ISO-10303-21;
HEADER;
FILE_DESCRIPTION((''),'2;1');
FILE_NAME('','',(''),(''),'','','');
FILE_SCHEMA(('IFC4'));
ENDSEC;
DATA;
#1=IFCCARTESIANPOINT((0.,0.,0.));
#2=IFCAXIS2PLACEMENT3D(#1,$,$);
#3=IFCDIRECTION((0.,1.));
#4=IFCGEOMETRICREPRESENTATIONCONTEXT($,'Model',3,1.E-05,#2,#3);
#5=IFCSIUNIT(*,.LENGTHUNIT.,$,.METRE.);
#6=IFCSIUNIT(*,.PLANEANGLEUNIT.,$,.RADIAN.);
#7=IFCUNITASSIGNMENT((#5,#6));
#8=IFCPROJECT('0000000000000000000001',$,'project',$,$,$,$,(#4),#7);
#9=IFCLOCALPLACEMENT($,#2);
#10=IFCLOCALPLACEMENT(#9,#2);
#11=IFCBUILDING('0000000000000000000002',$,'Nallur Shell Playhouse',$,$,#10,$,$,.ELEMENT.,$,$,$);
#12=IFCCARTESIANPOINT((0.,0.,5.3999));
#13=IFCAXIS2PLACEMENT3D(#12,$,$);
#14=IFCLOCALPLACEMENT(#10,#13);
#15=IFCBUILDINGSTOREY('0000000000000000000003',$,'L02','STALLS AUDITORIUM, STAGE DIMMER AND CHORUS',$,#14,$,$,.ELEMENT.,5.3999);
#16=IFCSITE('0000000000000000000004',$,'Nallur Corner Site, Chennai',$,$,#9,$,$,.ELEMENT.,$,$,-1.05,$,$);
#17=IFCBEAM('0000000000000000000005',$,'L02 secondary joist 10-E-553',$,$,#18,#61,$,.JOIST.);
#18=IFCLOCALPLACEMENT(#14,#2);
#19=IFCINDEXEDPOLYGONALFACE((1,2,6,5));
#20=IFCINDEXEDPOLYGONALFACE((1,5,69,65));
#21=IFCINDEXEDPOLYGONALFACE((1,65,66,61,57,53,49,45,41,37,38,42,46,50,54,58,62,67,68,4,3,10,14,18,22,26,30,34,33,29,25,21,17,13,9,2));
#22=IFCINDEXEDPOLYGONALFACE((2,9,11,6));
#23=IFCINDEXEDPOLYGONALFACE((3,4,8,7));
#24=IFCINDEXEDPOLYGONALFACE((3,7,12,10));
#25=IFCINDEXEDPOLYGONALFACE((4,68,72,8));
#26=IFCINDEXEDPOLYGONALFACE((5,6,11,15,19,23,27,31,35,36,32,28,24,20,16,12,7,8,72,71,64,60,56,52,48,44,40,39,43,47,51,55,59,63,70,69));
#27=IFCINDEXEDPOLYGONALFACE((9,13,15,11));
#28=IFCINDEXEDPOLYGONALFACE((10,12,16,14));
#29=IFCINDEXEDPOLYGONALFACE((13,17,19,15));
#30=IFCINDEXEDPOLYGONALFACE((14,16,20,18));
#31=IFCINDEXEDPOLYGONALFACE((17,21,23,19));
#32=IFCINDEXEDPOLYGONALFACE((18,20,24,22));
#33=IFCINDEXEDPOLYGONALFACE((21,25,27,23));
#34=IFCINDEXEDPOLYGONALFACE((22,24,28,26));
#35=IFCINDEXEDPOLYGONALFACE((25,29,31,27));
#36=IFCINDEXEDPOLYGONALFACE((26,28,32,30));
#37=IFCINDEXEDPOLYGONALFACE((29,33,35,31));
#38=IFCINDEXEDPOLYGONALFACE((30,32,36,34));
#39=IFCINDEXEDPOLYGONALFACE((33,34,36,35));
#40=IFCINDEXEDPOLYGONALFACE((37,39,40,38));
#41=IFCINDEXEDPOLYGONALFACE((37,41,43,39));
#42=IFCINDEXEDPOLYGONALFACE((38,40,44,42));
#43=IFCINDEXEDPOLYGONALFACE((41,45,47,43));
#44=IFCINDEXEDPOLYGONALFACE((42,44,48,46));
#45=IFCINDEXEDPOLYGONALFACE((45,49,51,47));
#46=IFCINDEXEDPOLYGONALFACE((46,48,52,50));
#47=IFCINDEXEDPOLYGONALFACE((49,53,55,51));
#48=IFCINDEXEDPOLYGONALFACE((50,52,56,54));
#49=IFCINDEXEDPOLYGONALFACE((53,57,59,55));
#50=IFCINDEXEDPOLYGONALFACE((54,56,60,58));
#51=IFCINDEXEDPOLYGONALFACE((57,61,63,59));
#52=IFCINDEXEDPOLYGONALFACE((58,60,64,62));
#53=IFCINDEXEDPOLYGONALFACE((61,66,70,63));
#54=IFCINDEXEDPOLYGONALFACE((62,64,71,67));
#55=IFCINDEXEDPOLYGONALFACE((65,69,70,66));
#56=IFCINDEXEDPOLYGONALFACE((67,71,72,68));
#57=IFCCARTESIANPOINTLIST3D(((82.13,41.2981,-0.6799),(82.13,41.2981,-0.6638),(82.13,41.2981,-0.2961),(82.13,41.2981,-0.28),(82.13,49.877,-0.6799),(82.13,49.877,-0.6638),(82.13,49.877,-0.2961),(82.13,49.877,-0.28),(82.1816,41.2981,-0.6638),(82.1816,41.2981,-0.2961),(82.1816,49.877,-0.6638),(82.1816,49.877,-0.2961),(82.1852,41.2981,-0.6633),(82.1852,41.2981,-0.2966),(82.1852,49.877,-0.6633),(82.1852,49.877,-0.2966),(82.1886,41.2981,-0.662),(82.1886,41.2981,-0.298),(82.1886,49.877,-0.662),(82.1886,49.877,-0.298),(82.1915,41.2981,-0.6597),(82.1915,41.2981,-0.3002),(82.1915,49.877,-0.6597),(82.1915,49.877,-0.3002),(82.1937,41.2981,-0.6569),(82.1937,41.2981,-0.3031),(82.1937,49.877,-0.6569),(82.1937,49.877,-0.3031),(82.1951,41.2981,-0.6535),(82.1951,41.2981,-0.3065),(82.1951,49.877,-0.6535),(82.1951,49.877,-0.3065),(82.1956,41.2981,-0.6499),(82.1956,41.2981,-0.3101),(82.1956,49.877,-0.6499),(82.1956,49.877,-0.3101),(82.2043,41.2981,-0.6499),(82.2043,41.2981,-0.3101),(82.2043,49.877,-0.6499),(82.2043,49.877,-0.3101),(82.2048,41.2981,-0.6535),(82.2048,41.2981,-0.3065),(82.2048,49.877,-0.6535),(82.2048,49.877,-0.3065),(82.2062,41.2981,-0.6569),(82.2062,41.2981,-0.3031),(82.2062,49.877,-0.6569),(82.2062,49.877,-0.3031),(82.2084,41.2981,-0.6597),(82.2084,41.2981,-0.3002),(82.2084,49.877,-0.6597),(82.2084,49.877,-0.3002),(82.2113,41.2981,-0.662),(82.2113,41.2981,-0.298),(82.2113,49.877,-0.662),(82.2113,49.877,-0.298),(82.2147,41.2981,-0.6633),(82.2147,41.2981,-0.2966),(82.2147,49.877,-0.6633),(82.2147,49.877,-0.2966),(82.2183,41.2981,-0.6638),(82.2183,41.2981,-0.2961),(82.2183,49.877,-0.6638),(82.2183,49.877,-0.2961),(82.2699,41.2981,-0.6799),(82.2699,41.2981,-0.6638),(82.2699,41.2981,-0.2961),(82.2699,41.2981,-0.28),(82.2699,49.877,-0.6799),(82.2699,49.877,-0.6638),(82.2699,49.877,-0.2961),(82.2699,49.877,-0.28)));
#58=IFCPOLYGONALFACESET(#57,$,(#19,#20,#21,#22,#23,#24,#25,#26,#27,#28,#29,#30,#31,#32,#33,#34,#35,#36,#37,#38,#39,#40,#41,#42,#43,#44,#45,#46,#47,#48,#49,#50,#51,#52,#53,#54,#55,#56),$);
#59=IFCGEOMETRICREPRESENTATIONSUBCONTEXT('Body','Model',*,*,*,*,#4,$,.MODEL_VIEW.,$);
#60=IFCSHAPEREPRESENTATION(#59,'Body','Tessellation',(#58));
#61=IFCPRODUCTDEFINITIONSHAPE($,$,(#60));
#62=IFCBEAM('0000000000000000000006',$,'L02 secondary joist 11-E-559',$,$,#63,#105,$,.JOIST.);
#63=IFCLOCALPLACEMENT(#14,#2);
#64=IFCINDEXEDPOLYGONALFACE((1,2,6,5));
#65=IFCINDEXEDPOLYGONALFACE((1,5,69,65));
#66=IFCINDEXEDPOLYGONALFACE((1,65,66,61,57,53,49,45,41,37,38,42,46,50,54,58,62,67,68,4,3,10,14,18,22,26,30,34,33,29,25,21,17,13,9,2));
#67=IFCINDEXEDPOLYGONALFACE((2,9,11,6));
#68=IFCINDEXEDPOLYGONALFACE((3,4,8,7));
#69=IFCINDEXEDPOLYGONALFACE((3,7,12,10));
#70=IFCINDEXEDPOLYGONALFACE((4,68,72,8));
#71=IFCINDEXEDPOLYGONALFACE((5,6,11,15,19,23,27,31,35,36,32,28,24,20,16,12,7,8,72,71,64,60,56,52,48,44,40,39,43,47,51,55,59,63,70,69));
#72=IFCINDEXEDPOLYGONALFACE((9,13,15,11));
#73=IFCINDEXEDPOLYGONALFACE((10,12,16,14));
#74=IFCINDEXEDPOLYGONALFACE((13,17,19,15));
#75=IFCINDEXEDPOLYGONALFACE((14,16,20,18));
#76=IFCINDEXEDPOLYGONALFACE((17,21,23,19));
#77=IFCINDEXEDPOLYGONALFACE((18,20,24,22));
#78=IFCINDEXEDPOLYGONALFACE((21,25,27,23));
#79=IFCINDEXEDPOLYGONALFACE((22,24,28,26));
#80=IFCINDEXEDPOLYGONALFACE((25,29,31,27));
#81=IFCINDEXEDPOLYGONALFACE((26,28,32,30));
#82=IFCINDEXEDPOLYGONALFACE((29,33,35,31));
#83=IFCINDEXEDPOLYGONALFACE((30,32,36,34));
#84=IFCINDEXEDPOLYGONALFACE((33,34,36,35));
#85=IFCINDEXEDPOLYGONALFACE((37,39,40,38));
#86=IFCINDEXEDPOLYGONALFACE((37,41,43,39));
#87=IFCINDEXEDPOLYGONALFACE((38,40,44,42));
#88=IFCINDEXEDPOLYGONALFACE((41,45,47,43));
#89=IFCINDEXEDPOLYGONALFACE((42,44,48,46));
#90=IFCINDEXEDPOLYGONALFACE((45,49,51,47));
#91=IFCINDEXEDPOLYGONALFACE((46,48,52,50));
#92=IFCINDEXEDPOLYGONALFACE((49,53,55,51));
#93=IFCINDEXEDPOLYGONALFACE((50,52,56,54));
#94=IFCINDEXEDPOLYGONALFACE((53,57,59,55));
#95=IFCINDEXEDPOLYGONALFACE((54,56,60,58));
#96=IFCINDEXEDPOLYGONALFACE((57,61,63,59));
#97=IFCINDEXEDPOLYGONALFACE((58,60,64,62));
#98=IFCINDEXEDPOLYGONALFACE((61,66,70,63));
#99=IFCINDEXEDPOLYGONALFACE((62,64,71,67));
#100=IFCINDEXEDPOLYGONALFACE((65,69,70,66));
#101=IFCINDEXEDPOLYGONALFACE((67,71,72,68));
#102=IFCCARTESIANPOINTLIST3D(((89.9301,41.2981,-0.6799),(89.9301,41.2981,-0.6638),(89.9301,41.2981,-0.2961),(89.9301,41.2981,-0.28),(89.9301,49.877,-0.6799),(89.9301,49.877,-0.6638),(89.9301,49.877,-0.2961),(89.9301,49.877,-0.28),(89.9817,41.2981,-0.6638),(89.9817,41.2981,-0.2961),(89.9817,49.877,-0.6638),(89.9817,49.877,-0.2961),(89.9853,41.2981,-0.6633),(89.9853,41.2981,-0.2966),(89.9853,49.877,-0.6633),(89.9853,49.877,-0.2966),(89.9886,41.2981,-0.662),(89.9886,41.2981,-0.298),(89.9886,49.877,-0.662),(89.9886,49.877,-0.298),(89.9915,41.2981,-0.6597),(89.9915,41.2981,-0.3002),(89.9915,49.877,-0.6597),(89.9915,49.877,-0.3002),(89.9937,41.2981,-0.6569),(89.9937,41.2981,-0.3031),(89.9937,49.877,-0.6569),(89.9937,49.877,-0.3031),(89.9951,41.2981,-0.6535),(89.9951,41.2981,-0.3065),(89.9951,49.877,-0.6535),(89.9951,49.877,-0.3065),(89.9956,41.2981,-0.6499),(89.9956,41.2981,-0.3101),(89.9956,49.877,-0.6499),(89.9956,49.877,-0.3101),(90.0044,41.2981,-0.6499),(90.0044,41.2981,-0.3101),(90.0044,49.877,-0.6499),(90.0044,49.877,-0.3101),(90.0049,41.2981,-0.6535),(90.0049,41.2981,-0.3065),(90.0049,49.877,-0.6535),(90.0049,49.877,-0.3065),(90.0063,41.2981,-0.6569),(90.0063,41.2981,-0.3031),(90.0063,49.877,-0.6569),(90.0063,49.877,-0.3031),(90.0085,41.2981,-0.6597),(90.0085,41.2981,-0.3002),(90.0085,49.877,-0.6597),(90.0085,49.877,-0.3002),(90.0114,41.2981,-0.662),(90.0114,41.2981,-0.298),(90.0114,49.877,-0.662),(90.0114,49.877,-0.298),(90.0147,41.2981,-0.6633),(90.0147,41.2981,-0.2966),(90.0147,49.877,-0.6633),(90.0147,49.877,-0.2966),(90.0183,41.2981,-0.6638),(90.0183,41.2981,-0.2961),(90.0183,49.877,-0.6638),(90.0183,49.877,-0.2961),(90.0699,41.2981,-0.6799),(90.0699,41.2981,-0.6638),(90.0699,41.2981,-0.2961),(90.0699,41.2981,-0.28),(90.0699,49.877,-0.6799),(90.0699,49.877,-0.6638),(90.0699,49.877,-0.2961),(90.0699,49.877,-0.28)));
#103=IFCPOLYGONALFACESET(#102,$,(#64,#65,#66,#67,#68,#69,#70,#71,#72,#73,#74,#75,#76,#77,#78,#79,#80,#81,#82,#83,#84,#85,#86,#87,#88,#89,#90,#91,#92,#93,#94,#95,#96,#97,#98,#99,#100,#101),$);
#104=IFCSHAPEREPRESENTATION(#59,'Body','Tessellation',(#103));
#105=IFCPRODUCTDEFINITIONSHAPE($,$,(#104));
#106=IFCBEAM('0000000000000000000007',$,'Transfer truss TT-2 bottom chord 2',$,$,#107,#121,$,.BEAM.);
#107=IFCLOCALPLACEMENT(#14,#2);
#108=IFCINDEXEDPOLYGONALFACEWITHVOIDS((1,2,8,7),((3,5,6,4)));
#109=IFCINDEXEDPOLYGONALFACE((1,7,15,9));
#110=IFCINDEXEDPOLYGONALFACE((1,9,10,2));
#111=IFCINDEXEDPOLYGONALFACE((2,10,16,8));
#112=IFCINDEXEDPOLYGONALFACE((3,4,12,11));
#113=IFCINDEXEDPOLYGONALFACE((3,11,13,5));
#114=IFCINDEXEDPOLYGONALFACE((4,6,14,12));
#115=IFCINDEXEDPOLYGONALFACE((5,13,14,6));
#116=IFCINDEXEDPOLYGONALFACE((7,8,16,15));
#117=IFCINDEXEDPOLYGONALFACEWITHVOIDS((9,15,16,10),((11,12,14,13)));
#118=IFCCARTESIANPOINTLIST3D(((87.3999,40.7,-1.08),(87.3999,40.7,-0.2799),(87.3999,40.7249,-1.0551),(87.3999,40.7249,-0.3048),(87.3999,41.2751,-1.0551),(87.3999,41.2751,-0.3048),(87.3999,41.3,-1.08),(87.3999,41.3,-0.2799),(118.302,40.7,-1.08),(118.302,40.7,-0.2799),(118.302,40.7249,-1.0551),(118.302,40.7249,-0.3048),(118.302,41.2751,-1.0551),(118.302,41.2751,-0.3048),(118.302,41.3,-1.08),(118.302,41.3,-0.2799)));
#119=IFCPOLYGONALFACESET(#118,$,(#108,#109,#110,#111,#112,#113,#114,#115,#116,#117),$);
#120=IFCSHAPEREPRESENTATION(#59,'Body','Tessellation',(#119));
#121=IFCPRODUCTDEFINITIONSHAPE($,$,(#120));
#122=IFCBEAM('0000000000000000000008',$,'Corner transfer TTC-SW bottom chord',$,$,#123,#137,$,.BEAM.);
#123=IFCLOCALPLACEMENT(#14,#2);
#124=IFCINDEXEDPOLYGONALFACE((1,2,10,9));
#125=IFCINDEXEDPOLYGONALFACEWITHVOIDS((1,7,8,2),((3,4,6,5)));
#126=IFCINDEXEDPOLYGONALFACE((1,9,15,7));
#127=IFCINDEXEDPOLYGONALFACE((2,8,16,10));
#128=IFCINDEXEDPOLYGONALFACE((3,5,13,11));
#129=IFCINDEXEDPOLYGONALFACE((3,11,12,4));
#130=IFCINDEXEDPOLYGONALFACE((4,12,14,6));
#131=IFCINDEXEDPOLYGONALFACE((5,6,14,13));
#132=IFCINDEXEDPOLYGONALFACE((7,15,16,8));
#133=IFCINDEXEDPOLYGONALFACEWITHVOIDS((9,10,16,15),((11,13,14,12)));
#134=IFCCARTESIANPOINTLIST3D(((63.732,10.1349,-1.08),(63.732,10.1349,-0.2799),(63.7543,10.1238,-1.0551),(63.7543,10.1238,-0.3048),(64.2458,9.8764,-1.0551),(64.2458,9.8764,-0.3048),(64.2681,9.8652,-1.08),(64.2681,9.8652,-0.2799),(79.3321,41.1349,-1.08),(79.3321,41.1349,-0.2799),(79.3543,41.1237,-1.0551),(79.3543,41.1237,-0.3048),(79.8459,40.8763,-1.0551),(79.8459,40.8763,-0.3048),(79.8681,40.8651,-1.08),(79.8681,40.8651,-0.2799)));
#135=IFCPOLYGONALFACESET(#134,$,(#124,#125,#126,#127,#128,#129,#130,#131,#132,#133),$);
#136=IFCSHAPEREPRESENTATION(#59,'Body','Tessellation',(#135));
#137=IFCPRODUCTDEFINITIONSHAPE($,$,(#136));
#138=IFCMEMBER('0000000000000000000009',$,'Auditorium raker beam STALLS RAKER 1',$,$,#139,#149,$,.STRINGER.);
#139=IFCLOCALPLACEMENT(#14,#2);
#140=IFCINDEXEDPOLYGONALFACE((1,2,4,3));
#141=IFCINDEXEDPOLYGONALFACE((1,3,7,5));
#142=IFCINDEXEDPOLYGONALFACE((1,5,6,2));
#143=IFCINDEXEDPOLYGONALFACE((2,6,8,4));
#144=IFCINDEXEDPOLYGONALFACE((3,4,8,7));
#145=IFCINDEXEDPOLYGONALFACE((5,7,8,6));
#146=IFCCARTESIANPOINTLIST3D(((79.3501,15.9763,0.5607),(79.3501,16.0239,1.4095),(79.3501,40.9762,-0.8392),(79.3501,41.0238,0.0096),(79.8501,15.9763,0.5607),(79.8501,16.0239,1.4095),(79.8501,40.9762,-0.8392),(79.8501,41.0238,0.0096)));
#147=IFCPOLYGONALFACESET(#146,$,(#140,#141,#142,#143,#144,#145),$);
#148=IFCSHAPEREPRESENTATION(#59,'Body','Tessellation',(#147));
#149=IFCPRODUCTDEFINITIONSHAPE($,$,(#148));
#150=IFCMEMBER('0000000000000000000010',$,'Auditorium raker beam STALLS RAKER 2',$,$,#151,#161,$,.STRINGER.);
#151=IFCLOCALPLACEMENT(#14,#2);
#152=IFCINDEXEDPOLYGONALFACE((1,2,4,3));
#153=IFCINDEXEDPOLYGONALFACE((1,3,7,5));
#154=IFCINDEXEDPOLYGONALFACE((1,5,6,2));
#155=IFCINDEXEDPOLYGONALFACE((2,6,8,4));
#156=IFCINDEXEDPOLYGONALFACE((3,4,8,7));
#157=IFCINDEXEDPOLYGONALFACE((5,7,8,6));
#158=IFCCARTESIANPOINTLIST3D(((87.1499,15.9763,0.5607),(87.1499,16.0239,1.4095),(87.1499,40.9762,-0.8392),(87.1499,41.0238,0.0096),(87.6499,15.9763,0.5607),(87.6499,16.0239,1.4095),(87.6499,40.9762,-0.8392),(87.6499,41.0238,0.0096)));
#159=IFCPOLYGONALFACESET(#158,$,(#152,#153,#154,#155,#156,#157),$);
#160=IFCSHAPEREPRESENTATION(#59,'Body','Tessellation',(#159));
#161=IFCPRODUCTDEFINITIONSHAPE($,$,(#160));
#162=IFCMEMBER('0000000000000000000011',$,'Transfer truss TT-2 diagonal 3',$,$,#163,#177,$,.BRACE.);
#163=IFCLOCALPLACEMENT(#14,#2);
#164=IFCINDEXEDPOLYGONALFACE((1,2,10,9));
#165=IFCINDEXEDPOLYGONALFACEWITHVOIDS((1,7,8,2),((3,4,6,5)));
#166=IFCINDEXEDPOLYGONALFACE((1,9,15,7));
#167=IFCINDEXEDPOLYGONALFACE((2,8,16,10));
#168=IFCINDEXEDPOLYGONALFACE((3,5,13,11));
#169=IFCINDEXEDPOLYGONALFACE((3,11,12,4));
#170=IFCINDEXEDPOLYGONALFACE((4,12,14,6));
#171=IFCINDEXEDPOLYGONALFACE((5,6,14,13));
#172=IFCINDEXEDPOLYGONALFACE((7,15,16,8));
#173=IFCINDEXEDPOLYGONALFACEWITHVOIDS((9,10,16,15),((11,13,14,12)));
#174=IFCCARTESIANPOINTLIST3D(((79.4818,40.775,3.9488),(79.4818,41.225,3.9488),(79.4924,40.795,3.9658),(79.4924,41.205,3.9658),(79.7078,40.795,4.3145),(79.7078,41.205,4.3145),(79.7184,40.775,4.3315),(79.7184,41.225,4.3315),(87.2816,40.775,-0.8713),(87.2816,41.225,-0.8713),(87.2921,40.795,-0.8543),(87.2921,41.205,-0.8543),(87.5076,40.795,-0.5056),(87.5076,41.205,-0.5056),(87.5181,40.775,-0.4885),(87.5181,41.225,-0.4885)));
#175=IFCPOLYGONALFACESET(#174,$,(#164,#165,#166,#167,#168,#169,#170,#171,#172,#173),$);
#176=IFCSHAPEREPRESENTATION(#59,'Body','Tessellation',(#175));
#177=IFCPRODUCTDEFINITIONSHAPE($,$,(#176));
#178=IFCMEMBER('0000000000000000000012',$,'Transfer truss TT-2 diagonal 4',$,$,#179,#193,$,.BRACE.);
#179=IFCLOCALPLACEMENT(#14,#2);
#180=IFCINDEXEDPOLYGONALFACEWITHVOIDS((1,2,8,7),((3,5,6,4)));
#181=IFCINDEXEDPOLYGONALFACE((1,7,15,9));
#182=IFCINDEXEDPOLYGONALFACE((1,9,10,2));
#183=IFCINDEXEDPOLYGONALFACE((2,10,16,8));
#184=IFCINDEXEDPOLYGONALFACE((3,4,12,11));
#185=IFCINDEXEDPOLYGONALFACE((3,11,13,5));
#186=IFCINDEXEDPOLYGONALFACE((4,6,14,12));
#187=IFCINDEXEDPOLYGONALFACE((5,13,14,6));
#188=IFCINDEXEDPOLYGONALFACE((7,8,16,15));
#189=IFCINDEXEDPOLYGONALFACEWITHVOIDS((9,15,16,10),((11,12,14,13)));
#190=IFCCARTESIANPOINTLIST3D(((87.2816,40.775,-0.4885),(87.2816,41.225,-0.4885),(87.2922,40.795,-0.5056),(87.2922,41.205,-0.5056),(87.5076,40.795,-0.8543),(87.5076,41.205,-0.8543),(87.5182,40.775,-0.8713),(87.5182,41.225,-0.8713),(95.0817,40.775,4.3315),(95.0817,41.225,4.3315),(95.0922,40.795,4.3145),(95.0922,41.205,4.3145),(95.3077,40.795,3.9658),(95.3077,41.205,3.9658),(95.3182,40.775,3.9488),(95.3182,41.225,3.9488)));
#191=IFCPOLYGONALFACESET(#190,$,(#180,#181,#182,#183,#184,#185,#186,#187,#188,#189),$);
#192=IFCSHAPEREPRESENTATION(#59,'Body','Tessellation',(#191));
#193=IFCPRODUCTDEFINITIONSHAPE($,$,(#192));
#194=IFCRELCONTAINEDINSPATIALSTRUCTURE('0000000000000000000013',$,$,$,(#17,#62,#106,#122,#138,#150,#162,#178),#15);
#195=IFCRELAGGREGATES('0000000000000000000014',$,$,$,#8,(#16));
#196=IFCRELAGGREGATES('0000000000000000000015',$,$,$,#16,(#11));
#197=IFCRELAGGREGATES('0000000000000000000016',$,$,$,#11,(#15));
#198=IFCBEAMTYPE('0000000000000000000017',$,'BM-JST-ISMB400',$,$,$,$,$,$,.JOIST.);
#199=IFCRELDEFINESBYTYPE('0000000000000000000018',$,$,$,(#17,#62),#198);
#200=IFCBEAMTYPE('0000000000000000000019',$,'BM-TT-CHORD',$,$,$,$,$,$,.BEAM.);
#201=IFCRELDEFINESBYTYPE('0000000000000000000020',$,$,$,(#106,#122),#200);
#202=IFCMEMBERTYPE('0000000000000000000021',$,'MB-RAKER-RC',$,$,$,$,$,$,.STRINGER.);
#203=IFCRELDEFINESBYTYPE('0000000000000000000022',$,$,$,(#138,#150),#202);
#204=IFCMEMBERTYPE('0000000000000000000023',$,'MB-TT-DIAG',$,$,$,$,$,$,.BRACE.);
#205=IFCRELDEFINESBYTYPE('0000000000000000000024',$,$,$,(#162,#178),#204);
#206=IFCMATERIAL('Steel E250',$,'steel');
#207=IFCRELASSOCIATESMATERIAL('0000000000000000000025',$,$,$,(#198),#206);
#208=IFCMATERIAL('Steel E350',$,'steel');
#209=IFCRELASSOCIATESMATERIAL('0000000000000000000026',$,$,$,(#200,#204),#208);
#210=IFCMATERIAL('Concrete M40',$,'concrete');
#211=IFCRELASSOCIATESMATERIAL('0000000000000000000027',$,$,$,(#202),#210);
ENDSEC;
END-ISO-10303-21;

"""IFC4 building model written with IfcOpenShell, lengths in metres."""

from ifc_helpers import new_model, si_unit, direction, frame, origin, origin_2d, place, context, subcontext, project, spatial, rectangle, hollow_rectangle, i_section, extrude, material, material_profile, profile_set, type_object, element, save


model = new_model("IFC4")

# Units and contexts
model_context = context("Model", 3, precision=1e-05, world=origin(), true_north=direction((0.0, 1.0)))
body_context = subcontext(model_context, "Body", "Model", "MODEL_VIEW")
ifc_project = project(units=[si_unit("LENGTHUNIT", "METRE"), si_unit("PLANEANGLEUNIT", "RADIAN")], contexts=[model_context])

# Site, building, storey
site_placement = place(None, origin())
site = spatial("IfcSite", under=ifc_project, at=site_placement, Name="Nallur Corner Site, Chennai", CompositionType="ELEMENT", RefElevation=-1.05)
building_placement = place(site_placement, origin())
building = spatial("IfcBuilding", under=site, at=building_placement, Name="Nallur Shell Playhouse", CompositionType="ELEMENT")
storey_placement = place(building_placement, frame((0.0, 0.0, 5.3999)))
storey = spatial("IfcBuildingStorey", under=building, at=storey_placement, Name="L02", Description="STALLS AUDITORIUM, STAGE DIMMER AND CHORUS", CompositionType="ELEMENT", Elevation=5.3999)

# Beams
ifc_material_1 = material(Name="Steel E250", Category="steel")
ifc_material_profile_1 = material_profile(ifc_material_1, i_section(OverallWidth=0.1399, OverallDepth=0.3999, WebThickness=0.0088, FlangeThickness=0.0161, FilletRadius=0.0139, at=origin_2d()), Name="ISMB 400")
ifc_profile_set_1 = profile_set([ifc_material_profile_1], Name="Steel E250")
beam_type_1 = type_object("IfcBeamType", Name="BM-JST-ISMB400", PredefinedType="JOIST", material=ifc_profile_set_1)
for number, where, z_axis, x_axis, name in (
    (1, (82.2, 41.2981, -0.48), (0.0, 1.0, 0.0), (-1.0, 0.0, 0.0), "L02 secondary joist 10-E-553"),
    (2, (90.0, 41.2981, -0.48), (0.0, 1.0, 0.0), (-1.0, 0.0, 0.0), "L02 secondary joist 11-E-559"),
):
    element("IfcBeam", number, at=place(storey_placement, frame(where, z_axis=z_axis, x_axis=x_axis)), inside=storey, type_object=beam_type_1, Name=name, PredefinedType="JOIST", context=body_context, shape_type="SweptSolid", body=[
        extrude(i_section(OverallWidth=0.1399, OverallDepth=0.3999, WebThickness=0.0088, FlangeThickness=0.0161, FilletRadius=0.0139, at=origin_2d()), origin(), (0.0, 0.0, 1.0), 8.5789),
    ])
ifc_material_2 = material(Name="Steel E350", Category="steel")
ifc_material_profile_2 = material_profile(ifc_material_2, hollow_rectangle(XDim=0.6001, YDim=0.8, WallThickness=0.0249, at=origin_2d()), Name="BOX 600x800x25")
ifc_profile_set_2 = profile_set([ifc_material_profile_2], Name="Steel E350")
beam_type_2 = type_object("IfcBeamType", Name="BM-TT-CHORD", PredefinedType="BEAM", material=ifc_profile_set_2)
beam_1_placement = place(storey_placement, frame((87.3999, 41.0, -0.6799), z_axis=(1.0, 0.0, 0.0), x_axis=(0.0, 1.0, 0.0)))
element("IfcBeam", 3, at=beam_1_placement, inside=storey, type_object=beam_type_2, Name="Transfer truss TT-2 bottom chord 2", PredefinedType="BEAM", context=body_context, shape_type="SweptSolid", body=[
    extrude(hollow_rectangle(XDim=0.6001, YDim=0.8, WallThickness=0.0249, at=origin_2d()), origin(), (0.0, 0.0, 1.0), 30.9021),
])
beam_2_placement = place(storey_placement, frame((79.6001, 41.0, -0.6799), z_axis=(-0.44952, -0.89327, 0.0), x_axis=(0.89327, -0.44952, 0.0)))
element("IfcBeam", 4, at=beam_2_placement, inside=storey, type_object=beam_type_2, Name="Corner transfer TTC-SW bottom chord", PredefinedType="BEAM", context=body_context, shape_type="SweptSolid", body=[
    extrude(hollow_rectangle(XDim=0.6001, YDim=0.8, WallThickness=0.0249, at=origin_2d()), origin(), (0.0, 0.0, 1.0), 34.7039),
])

# Members
ifc_material_3 = material(Name="Concrete M40", Category="concrete")
ifc_material_profile_3 = material_profile(ifc_material_3, rectangle(XDim=0.5, YDim=0.8501, at=origin_2d()), Name="RC 500x850")
ifc_profile_set_3 = profile_set([ifc_material_profile_3], Name="Concrete M40")
member_type_1 = type_object("IfcMemberType", Name="MB-RAKER-RC", PredefinedType="STRINGER", material=ifc_profile_set_3)
for number, where, z_axis, x_axis, name in (
    (5, (79.6001, 41.0, -0.4148), (0.0, -0.998436, 0.055909), (1.0, 0.0, 0.0), "Auditorium raker beam STALLS RAKER 1"),
    (6, (87.3999, 41.0, -0.4148), (0.0, -0.998436, 0.055909), (1.0, 0.0, 0.0), "Auditorium raker beam STALLS RAKER 2"),
):
    element("IfcMember", number, at=place(storey_placement, frame(where, z_axis=z_axis, x_axis=x_axis)), inside=storey, type_object=member_type_1, Name=name, PredefinedType="STRINGER", context=body_context, shape_type="SweptSolid", body=[
        extrude(rectangle(XDim=0.5, YDim=0.8501, at=origin_2d()), origin(), (0.0, 0.0, 1.0), 25.0391),
    ])
ifc_material_profile_4 = material_profile(ifc_material_2, hollow_rectangle(XDim=0.45, YDim=0.45, WallThickness=0.02, at=origin_2d()), Name="BOX 450x450x20")
ifc_profile_set_4 = profile_set([ifc_material_profile_4], Name="Steel E350")
member_type_2 = type_object("IfcMemberType", Name="MB-TT-DIAG", PredefinedType="BRACE", material=ifc_profile_set_4)
member_1_placement = place(storey_placement, frame((79.6001, 41.0, 4.1401), z_axis=(0.850674, 0.0, -0.525694), x_axis=(0.0, 1.0, 0.0)))
element("IfcMember", 7, at=member_1_placement, inside=storey, type_object=member_type_2, Name="Transfer truss TT-2 diagonal 3", PredefinedType="BRACE", context=body_context, shape_type="SweptSolid", body=[
    extrude(hollow_rectangle(XDim=0.45, YDim=0.45, WallThickness=0.02, at=origin_2d()), origin(), (0.0, 0.0, 1.0), 9.1689),
])
for number, where, z_axis, x_axis, name in (
    (8, (87.3999, 41.0, -0.6799), (0.850681, 0.0, 0.525682), (0.0, 1.0, 0.0), "Transfer truss TT-2 diagonal 4"),
):
    element("IfcMember", number, at=place(storey_placement, frame(where, z_axis=z_axis, x_axis=x_axis)), inside=storey, type_object=member_type_2, Name=name, PredefinedType="BRACE", context=body_context, shape_type="SweptSolid", body=[
        extrude(hollow_rectangle(XDim=0.45, YDim=0.45, WallThickness=0.02, at=origin_2d()), origin(), (0.0, 0.0, 1.0), 9.1692),
    ])

save(model, "model.ifc")
